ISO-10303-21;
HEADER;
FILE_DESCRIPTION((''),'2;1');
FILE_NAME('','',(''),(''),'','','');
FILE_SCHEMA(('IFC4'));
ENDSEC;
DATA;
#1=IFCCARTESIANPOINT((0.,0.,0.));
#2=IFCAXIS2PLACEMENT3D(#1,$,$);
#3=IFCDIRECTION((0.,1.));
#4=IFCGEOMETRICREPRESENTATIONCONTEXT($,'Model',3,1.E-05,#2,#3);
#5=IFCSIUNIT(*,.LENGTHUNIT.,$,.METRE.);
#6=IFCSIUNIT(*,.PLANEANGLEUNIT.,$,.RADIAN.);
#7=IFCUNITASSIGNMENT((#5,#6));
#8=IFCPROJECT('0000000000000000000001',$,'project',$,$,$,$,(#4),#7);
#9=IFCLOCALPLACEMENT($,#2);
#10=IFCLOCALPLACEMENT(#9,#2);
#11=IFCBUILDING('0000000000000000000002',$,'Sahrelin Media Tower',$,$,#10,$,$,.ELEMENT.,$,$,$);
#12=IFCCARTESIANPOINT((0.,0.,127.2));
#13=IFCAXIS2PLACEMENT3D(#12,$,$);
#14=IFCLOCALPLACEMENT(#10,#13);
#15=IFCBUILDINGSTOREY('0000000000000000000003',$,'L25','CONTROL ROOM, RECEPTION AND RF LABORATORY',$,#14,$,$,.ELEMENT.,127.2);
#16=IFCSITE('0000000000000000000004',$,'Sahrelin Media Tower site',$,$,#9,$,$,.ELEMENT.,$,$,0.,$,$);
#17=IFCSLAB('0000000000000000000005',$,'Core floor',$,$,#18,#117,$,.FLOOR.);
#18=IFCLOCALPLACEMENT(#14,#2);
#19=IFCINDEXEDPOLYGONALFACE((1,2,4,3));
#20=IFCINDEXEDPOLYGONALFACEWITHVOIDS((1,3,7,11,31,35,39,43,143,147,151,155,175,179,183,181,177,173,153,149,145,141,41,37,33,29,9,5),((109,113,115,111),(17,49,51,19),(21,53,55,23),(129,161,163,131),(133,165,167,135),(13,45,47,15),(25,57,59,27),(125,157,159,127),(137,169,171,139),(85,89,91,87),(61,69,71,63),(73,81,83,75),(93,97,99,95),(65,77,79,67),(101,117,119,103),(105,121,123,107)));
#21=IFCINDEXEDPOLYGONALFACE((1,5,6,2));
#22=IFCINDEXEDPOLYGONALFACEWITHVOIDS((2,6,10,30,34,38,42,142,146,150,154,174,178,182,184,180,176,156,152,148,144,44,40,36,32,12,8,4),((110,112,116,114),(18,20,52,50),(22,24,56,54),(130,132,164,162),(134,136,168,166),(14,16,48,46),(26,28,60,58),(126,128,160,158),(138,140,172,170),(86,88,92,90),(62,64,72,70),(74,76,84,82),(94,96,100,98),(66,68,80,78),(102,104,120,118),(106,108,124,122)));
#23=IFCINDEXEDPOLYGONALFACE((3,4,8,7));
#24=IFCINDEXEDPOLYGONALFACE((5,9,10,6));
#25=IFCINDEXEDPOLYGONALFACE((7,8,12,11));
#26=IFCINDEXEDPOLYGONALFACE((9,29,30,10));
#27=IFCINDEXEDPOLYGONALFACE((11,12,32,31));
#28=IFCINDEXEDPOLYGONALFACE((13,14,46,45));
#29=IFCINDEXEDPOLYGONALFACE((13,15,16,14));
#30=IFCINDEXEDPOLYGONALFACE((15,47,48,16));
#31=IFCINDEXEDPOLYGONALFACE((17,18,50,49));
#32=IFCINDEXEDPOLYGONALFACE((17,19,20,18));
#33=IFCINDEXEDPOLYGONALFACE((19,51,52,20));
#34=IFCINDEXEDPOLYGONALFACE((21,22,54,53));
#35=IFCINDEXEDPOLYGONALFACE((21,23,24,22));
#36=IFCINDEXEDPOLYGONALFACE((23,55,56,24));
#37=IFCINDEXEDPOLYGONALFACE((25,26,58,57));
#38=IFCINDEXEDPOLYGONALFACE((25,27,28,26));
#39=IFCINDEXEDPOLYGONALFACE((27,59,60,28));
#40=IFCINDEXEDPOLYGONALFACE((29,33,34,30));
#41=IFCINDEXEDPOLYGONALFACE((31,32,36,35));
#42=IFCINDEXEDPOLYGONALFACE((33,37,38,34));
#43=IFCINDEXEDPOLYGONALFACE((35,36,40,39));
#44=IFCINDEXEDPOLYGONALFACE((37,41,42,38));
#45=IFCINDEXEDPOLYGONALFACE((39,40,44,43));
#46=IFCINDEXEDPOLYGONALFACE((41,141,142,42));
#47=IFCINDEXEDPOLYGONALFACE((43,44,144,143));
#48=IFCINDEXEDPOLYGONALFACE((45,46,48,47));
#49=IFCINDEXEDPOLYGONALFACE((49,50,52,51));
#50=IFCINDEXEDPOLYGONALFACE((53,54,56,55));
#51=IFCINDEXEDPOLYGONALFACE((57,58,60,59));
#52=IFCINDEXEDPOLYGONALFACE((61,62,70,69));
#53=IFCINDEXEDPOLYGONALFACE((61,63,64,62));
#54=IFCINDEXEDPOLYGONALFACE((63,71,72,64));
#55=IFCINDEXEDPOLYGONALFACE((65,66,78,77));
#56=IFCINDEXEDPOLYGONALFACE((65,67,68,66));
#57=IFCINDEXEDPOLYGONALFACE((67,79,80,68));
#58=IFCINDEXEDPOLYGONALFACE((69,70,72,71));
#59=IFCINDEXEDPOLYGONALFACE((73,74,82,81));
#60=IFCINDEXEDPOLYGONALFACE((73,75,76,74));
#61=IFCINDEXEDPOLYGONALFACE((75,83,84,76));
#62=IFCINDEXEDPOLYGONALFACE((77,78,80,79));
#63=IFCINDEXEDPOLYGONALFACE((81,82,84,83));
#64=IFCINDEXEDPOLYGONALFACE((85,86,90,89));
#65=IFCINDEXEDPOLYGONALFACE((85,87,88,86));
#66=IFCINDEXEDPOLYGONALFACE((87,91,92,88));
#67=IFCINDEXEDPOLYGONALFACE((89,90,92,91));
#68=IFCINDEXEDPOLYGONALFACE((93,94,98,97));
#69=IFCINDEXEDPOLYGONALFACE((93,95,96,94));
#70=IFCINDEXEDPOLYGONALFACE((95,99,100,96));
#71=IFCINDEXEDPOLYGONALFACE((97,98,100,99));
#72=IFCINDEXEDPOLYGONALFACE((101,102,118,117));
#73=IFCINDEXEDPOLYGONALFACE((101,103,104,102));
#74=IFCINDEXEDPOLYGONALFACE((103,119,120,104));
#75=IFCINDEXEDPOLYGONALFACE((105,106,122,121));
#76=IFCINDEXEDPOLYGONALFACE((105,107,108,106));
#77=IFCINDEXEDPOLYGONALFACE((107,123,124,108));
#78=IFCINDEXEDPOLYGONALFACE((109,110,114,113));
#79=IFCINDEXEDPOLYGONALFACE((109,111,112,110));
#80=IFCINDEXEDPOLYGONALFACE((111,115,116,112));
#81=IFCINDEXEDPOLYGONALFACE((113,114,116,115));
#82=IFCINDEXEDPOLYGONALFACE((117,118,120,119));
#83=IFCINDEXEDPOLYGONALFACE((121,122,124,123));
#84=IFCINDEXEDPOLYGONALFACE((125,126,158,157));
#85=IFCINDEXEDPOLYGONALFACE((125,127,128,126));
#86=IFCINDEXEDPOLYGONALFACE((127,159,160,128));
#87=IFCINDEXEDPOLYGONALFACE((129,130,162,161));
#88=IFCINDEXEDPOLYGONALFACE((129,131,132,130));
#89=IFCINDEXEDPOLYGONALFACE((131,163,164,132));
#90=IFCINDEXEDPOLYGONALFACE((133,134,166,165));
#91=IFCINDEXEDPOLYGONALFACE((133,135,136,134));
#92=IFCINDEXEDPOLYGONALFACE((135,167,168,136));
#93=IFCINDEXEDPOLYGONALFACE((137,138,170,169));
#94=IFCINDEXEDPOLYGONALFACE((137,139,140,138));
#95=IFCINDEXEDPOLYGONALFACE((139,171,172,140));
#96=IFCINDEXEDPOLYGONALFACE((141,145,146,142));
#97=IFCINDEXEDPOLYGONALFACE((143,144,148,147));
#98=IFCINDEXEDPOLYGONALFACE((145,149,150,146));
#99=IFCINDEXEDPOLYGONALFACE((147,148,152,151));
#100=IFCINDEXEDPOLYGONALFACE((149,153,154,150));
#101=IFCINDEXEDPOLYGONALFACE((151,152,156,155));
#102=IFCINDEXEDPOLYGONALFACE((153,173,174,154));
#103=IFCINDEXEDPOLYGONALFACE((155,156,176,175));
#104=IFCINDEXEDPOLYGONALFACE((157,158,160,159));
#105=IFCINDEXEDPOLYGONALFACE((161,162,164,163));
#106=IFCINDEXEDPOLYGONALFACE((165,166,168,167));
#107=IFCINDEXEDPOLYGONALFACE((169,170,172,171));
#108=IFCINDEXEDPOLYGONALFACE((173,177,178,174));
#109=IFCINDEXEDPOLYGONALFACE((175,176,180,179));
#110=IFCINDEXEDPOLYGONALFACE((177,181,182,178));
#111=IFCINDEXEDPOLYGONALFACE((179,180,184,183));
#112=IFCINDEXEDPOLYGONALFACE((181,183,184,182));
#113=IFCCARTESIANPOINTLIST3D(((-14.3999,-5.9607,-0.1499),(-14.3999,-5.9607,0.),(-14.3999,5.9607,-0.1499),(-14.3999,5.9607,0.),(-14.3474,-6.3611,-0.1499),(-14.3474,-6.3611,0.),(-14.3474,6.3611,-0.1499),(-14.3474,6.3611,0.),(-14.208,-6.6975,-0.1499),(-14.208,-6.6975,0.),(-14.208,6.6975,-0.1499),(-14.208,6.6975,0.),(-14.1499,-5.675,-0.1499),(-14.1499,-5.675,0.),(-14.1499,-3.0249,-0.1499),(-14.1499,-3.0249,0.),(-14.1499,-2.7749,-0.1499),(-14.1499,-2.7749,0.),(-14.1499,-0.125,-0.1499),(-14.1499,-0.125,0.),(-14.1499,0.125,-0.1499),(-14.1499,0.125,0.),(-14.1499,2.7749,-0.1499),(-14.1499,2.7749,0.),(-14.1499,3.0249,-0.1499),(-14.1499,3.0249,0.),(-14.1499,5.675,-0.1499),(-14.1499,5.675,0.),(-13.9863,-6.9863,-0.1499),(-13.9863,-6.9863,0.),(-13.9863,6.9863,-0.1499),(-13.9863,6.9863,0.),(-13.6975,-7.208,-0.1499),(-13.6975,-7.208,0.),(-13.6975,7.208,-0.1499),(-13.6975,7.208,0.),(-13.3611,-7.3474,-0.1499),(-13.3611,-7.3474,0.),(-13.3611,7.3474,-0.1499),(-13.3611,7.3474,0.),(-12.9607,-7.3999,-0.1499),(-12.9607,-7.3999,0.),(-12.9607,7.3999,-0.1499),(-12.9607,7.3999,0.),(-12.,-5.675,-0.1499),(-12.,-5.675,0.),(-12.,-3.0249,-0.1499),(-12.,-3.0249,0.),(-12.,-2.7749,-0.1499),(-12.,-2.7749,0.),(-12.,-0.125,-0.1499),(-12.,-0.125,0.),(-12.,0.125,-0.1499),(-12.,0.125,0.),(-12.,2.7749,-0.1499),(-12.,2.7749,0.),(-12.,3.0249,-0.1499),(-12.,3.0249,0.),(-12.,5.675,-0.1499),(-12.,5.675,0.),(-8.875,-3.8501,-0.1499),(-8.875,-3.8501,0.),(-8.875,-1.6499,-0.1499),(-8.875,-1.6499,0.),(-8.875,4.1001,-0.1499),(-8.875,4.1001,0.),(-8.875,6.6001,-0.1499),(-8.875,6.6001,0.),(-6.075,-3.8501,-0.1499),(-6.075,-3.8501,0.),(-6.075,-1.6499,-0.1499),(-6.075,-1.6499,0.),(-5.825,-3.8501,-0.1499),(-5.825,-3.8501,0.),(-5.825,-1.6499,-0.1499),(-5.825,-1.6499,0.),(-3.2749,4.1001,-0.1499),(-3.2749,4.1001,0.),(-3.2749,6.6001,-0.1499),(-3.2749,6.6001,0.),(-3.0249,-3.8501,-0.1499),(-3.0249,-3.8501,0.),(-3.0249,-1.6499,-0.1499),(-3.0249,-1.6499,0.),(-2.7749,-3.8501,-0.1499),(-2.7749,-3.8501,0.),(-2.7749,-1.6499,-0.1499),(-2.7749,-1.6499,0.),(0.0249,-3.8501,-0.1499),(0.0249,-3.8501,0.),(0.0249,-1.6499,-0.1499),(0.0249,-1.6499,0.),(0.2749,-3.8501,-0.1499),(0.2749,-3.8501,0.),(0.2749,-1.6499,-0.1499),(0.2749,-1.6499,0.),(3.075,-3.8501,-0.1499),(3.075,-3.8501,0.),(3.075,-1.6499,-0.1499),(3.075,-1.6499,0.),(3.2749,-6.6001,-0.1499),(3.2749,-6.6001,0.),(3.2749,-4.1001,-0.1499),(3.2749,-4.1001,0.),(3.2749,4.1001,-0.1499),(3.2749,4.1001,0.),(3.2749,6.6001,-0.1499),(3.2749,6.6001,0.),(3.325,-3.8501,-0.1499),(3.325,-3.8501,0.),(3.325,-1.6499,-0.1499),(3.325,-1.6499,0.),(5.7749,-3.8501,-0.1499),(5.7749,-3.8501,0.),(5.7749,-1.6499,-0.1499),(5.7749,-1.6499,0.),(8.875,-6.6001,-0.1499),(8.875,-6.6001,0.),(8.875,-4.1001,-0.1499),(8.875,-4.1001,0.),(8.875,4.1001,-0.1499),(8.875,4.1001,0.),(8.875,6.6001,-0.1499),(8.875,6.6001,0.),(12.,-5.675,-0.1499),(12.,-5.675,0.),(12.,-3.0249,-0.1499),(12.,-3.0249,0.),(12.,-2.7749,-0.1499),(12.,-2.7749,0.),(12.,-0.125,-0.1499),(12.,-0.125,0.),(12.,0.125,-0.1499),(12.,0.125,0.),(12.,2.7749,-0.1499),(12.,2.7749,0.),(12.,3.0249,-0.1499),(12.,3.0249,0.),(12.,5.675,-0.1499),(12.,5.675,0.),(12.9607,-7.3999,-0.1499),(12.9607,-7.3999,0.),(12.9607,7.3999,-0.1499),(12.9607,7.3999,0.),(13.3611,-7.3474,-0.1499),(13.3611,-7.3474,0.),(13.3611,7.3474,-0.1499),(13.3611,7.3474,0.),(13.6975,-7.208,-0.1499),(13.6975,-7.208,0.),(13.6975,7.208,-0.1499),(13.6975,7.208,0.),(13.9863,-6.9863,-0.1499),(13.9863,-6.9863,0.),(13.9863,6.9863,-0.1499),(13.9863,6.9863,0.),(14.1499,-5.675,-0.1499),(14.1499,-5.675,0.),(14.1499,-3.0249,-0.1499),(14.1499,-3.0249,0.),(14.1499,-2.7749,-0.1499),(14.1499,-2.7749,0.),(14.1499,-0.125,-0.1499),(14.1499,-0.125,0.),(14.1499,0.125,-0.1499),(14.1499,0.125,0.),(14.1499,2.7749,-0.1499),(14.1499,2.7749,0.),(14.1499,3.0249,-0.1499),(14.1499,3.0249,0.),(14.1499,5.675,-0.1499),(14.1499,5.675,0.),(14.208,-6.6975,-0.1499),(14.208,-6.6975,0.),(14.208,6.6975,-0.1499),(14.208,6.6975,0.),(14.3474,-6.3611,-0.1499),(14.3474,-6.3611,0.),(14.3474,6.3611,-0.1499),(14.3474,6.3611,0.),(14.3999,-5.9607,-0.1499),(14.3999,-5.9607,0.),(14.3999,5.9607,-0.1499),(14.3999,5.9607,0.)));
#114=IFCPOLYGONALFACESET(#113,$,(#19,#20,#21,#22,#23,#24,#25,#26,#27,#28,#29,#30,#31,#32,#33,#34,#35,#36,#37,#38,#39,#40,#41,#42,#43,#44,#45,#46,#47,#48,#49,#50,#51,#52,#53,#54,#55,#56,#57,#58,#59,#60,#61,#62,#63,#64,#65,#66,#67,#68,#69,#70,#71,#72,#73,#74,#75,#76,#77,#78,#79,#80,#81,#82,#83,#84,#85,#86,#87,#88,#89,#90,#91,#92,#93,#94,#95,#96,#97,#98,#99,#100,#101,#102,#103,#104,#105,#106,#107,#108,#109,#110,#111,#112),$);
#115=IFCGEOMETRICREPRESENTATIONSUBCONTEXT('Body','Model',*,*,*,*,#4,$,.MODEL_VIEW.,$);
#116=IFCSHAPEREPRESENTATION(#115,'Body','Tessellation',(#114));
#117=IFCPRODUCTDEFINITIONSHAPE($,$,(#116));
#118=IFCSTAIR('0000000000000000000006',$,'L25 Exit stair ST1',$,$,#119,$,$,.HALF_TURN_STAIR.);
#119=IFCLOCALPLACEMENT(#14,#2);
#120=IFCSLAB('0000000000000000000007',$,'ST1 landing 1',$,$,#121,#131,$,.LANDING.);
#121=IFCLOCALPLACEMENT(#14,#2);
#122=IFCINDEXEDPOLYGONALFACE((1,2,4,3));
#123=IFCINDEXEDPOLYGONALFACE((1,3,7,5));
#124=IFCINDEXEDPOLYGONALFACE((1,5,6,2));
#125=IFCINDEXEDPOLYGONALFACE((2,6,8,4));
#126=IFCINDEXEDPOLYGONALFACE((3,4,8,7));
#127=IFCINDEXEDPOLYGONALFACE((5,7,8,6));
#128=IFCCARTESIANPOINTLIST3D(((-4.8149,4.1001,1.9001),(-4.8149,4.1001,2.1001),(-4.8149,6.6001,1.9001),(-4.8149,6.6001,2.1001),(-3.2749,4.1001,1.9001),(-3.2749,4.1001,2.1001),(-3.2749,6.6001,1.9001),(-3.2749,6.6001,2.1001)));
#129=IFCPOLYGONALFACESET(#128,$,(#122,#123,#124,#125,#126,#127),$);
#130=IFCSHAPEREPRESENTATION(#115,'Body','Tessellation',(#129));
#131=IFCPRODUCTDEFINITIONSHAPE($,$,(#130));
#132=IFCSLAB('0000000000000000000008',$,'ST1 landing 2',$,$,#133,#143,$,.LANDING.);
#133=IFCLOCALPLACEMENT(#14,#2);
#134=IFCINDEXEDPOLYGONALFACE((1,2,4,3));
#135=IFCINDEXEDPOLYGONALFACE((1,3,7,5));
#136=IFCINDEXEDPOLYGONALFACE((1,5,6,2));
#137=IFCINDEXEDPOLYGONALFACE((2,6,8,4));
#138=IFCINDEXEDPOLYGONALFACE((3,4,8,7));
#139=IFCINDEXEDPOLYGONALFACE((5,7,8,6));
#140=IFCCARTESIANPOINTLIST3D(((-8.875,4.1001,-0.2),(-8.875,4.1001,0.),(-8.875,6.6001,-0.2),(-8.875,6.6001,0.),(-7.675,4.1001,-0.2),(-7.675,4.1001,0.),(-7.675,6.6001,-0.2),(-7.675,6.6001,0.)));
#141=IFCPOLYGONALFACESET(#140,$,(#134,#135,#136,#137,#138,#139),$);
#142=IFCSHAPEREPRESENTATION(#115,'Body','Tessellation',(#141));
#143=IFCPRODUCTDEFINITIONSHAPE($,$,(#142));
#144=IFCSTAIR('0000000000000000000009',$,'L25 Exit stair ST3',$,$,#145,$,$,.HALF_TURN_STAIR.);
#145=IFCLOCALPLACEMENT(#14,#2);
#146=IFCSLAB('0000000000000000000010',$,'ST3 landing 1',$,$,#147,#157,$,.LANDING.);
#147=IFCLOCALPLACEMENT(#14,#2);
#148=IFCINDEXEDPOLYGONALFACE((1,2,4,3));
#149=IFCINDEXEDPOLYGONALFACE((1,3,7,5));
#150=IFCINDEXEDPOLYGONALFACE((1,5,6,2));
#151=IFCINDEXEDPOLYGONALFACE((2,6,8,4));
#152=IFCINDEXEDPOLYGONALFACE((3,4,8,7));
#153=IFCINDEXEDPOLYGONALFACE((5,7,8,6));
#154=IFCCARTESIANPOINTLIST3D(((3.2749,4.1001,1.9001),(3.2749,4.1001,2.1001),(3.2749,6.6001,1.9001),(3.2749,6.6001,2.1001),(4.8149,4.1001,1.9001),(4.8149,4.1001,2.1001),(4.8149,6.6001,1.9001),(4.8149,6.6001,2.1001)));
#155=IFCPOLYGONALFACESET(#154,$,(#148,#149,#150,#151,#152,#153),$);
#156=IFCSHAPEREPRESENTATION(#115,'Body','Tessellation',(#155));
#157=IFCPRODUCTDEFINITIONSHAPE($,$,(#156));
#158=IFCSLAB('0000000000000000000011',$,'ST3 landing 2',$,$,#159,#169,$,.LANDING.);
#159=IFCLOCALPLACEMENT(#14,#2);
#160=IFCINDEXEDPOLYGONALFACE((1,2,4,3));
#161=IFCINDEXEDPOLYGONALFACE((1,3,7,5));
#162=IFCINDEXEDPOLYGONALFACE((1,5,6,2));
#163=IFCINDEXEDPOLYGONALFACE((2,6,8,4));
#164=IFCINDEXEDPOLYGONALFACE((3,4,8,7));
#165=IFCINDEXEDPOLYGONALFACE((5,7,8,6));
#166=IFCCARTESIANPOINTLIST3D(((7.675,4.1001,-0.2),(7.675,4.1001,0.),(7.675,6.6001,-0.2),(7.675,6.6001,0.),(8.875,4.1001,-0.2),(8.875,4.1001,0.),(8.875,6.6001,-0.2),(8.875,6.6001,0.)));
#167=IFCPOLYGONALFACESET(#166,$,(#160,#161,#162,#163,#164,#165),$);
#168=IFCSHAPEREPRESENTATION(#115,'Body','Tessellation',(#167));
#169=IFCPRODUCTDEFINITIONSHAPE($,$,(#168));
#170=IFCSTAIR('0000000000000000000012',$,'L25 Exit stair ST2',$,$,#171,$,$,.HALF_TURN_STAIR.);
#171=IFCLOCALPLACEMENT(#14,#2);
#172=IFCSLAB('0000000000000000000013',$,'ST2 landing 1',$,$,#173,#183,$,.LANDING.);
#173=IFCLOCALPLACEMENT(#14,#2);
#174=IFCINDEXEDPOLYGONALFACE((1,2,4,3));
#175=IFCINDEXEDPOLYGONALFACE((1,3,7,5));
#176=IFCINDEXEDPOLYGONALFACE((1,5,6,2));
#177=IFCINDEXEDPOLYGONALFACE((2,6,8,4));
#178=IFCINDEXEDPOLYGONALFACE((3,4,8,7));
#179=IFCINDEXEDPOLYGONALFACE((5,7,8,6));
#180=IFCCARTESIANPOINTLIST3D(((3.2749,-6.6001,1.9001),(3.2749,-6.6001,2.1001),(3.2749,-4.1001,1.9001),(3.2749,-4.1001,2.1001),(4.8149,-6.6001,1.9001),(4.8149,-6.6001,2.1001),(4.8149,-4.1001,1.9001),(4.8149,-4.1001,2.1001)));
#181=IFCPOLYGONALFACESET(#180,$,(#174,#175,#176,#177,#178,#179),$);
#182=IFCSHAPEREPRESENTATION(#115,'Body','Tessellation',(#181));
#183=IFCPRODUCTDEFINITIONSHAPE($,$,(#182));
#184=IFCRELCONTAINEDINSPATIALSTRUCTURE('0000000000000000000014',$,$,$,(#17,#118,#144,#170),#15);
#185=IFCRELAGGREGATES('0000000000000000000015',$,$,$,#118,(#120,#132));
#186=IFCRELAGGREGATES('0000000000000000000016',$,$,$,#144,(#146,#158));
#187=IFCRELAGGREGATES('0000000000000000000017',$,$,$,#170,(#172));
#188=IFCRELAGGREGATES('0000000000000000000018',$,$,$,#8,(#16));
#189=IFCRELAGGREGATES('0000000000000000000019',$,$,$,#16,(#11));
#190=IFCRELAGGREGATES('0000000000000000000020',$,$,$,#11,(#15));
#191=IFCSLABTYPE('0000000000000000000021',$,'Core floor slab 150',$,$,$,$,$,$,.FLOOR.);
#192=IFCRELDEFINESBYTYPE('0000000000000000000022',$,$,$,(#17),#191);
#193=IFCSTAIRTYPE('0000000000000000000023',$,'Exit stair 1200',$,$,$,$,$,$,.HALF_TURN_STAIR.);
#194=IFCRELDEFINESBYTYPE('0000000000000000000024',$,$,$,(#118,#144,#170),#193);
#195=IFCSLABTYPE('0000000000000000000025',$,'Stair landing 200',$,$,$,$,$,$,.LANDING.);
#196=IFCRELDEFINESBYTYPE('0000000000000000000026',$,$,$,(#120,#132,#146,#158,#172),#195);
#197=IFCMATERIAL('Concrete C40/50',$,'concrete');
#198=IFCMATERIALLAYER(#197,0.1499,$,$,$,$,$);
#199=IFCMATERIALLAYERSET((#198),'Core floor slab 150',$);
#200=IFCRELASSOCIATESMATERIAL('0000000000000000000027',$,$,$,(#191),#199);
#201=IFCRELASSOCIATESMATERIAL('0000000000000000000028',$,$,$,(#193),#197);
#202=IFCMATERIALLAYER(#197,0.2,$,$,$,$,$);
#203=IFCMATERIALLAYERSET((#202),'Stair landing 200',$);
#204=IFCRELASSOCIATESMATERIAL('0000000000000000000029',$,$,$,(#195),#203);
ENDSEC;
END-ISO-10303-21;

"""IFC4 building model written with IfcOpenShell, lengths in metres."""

from ifc_helpers import new_model, si_unit, direction, frame, origin, place, context, subcontext, project, spatial, polyline, outline, extrude, material, layer, layer_set, type_object, element, aggregate, save


model = new_model("IFC4")

# Units and contexts
model_context = context("Model", 3, precision=1e-05, world=origin(), true_north=direction((0.0, 1.0)))
body_context = subcontext(model_context, "Body", "Model", "MODEL_VIEW")
ifc_project = project(units=[si_unit("LENGTHUNIT", "METRE"), si_unit("PLANEANGLEUNIT", "RADIAN")], contexts=[model_context])

# Site, building, storey
site_placement = place(None, origin())
site = spatial("IfcSite", under=ifc_project, at=site_placement, Name="Sahrelin Media Tower site", CompositionType="ELEMENT", RefElevation=0.0)
building_placement = place(site_placement, origin())
building = spatial("IfcBuilding", under=site, at=building_placement, Name="Sahrelin Media Tower", CompositionType="ELEMENT")
storey_placement = place(building_placement, frame((0.0, 0.0, 127.2)))
storey = spatial("IfcBuildingStorey", under=building, at=storey_placement, Name="L25", Description="CONTROL ROOM, RECEPTION AND RF LABORATORY", CompositionType="ELEMENT", Elevation=127.2)

# Slab
ifc_material_1 = material(Name="Concrete C40/50", Category="concrete")
ifc_layer_1 = layer(ifc_material_1, 0.1499)
ifc_layer_set_1 = layer_set([ifc_layer_1], Name="Core floor slab 150")
slab_type_1 = type_object("IfcSlabType", Name="Core floor slab 150", PredefinedType="FLOOR", material=ifc_layer_set_1)
slab_1_placement = place(storey_placement, frame((0.0, 0.0, -0.1499)))
element("IfcSlab", 1, at=slab_1_placement, inside=storey, type_object=slab_type_1, Name="Core floor", PredefinedType="FLOOR", context=body_context, shape_type="SweptSolid", body=[
    extrude(outline(polyline([(-14.3474, 6.3611), (-14.3999, 5.9607), (-14.3999, -5.9607), (-14.3474, -6.3611), (-14.208, -6.6975), (-13.9863, -6.9863), (-13.6975, -7.208), (-13.3611, -7.3474), (-12.9607, -7.3999), (12.9607, -7.3999), (13.3611, -7.3474), (13.6975, -7.208), (13.9863, -6.9863), (14.208, -6.6975), (14.3474, -6.3611), (14.3999, -5.9607), (14.3999, 5.9607), (14.3474, 6.3611), (14.208, 6.6975), (13.9863, 6.9863), (13.6975, 7.208), (13.3611, 7.3474), (12.9607, 7.3999), (-12.9607, 7.3999), (-13.3611, 7.3474), (-13.6975, 7.208), (-13.9863, 6.9863), (-14.208, 6.6975), (-14.3474, 6.3611)]), holes=[polyline([(-12.0, 3.0249), (-12.0, 5.675), (-14.1499, 5.675), (-14.1499, 3.0249), (-12.0, 3.0249)]), polyline([(-14.1499, 0.125), (-12.0, 0.125), (-12.0, 2.7749), (-14.1499, 2.7749), (-14.1499, 0.125)]), polyline([(-14.1499, -0.125), (-14.1499, -2.7749), (-12.0, -2.7749), (-12.0, -0.125), (-14.1499, -0.125)]), polyline([(-12.0, -3.0249), (-14.1499, -3.0249), (-14.1499, -5.675), (-12.0, -5.675), (-12.0, -3.0249)]), polyline([(14.1499, 3.0249), (14.1499, 5.675), (12.0, 5.675), (12.0, 3.0249), (14.1499, 3.0249)]), polyline([(12.0, 0.125), (14.1499, 0.125), (14.1499, 2.7749), (12.0, 2.7749), (12.0, 0.125)]), polyline([(12.0, -0.125), (12.0, -2.7749), (14.1499, -2.7749), (14.1499, -0.125), (12.0, -0.125)]), polyline([(14.1499, -3.0249), (12.0, -3.0249), (12.0, -5.675), (14.1499, -5.675), (14.1499, -3.0249)]), polyline([(-6.075, -3.8501), (-6.075, -1.6499), (-8.875, -1.6499), (-8.875, -3.8501), (-6.075, -3.8501)]), polyline([(-5.825, -3.8501), (-3.0249, -3.8501), (-3.0249, -1.6499), (-5.825, -1.6499), (-5.825, -3.8501)]), polyline([(-2.7749, -1.6499), (-2.7749, -3.8501), (0.0249, -3.8501), (0.0249, -1.6499), (-2.7749, -1.6499)]), polyline([(3.075, -1.6499), (0.2749, -1.6499), (0.2749, -3.8501), (3.075, -3.8501), (3.075, -1.6499)]), polyline([(5.7749, -3.8501), (5.7749, -1.6499), (3.325, -1.6499), (3.325, -3.8501), (5.7749, -3.8501)]), polyline([(-8.875, 6.6001), (-8.875, 4.1001), (-3.2749, 4.1001), (-3.2749, 6.6001), (-8.875, 6.6001)]), polyline([(3.2749, 4.1001), (8.875, 4.1001), (8.875, 6.6001), (3.2749, 6.6001), (3.2749, 4.1001)]), polyline([(3.2749, -4.1001), (3.2749, -6.6001), (8.875, -6.6001), (8.875, -4.1001), (3.2749, -4.1001)])]), origin(), (0.0, 0.0, 1.0), 0.1499),
])

# Stairs, slabs
stair_type = type_object("IfcStairType", Name="Exit stair 1200", PredefinedType="HALF_TURN_STAIR", material=ifc_material_1)
placement_1 = place(storey_placement, origin())
stair_1 = element("IfcStair", 2, at=placement_1, inside=storey, type_object=stair_type, Name="L25 Exit stair ST1", PredefinedType="HALF_TURN_STAIR")
ifc_layer_2 = layer(ifc_material_1, 0.2)
ifc_layer_set_2 = layer_set([ifc_layer_2], Name="Stair landing 200")
slab_type_2 = type_object("IfcSlabType", Name="Stair landing 200", PredefinedType="LANDING", material=ifc_layer_set_2)
placement_2 = place(storey_placement, frame((0.0, 0.0, 1.9001)))
slab_2 = element("IfcSlab", 3, at=placement_2, type_object=slab_type_2, Name="ST1 landing 1", PredefinedType="LANDING", context=body_context, shape_type="SweptSolid", body=[
    extrude(outline(polyline([(-4.8149, 4.1001), (-3.2749, 4.1001), (-3.2749, 6.6001), (-4.8149, 6.6001), (-4.8149, 4.1001)])), origin(), (0.0, 0.0, 1.0), 0.2),
])
placement_3 = place(storey_placement, frame((0.0, 0.0, -0.2)))
slab_3 = element("IfcSlab", 4, at=placement_3, type_object=slab_type_2, Name="ST1 landing 2", PredefinedType="LANDING", context=body_context, shape_type="SweptSolid", body=[
    extrude(outline(polyline([(-8.875, 4.1001), (-7.675, 4.1001), (-7.675, 6.6001), (-8.875, 6.6001), (-8.875, 4.1001)])), origin(), (0.0, 0.0, 1.0), 0.2),
])
aggregate(stair_1, [slab_2, slab_3])
stair_2 = element("IfcStair", 5, at=placement_1, inside=storey, type_object=stair_type, Name="L25 Exit stair ST3", PredefinedType="HALF_TURN_STAIR")
slab_4 = element("IfcSlab", 6, at=placement_2, type_object=slab_type_2, Name="ST3 landing 1", PredefinedType="LANDING", context=body_context, shape_type="SweptSolid", body=[
    extrude(outline(polyline([(4.8149, 6.6001), (3.2749, 6.6001), (3.2749, 4.1001), (4.8149, 4.1001), (4.8149, 6.6001)])), origin(), (0.0, 0.0, 1.0), 0.2),
])
slab_5 = element("IfcSlab", 7, at=placement_3, type_object=slab_type_2, Name="ST3 landing 2", PredefinedType="LANDING", context=body_context, shape_type="SweptSolid", body=[
    extrude(outline(polyline([(8.875, 6.6001), (7.675, 6.6001), (7.675, 4.1001), (8.875, 4.1001), (8.875, 6.6001)])), origin(), (0.0, 0.0, 1.0), 0.2),
])
aggregate(stair_2, [slab_4, slab_5])
stair_3 = element("IfcStair", 8, at=placement_1, inside=storey, type_object=stair_type, Name="L25 Exit stair ST2", PredefinedType="HALF_TURN_STAIR")
slab_6 = element("IfcSlab", 9, at=placement_2, type_object=slab_type_2, Name="ST2 landing 1", PredefinedType="LANDING", context=body_context, shape_type="SweptSolid", body=[
    extrude(outline(polyline([(4.8149, -4.1001), (3.2749, -4.1001), (3.2749, -6.6001), (4.8149, -6.6001), (4.8149, -4.1001)])), origin(), (0.0, 0.0, 1.0), 0.2),
])
aggregate(stair_3, [slab_6])

save(model, "model.ifc")
